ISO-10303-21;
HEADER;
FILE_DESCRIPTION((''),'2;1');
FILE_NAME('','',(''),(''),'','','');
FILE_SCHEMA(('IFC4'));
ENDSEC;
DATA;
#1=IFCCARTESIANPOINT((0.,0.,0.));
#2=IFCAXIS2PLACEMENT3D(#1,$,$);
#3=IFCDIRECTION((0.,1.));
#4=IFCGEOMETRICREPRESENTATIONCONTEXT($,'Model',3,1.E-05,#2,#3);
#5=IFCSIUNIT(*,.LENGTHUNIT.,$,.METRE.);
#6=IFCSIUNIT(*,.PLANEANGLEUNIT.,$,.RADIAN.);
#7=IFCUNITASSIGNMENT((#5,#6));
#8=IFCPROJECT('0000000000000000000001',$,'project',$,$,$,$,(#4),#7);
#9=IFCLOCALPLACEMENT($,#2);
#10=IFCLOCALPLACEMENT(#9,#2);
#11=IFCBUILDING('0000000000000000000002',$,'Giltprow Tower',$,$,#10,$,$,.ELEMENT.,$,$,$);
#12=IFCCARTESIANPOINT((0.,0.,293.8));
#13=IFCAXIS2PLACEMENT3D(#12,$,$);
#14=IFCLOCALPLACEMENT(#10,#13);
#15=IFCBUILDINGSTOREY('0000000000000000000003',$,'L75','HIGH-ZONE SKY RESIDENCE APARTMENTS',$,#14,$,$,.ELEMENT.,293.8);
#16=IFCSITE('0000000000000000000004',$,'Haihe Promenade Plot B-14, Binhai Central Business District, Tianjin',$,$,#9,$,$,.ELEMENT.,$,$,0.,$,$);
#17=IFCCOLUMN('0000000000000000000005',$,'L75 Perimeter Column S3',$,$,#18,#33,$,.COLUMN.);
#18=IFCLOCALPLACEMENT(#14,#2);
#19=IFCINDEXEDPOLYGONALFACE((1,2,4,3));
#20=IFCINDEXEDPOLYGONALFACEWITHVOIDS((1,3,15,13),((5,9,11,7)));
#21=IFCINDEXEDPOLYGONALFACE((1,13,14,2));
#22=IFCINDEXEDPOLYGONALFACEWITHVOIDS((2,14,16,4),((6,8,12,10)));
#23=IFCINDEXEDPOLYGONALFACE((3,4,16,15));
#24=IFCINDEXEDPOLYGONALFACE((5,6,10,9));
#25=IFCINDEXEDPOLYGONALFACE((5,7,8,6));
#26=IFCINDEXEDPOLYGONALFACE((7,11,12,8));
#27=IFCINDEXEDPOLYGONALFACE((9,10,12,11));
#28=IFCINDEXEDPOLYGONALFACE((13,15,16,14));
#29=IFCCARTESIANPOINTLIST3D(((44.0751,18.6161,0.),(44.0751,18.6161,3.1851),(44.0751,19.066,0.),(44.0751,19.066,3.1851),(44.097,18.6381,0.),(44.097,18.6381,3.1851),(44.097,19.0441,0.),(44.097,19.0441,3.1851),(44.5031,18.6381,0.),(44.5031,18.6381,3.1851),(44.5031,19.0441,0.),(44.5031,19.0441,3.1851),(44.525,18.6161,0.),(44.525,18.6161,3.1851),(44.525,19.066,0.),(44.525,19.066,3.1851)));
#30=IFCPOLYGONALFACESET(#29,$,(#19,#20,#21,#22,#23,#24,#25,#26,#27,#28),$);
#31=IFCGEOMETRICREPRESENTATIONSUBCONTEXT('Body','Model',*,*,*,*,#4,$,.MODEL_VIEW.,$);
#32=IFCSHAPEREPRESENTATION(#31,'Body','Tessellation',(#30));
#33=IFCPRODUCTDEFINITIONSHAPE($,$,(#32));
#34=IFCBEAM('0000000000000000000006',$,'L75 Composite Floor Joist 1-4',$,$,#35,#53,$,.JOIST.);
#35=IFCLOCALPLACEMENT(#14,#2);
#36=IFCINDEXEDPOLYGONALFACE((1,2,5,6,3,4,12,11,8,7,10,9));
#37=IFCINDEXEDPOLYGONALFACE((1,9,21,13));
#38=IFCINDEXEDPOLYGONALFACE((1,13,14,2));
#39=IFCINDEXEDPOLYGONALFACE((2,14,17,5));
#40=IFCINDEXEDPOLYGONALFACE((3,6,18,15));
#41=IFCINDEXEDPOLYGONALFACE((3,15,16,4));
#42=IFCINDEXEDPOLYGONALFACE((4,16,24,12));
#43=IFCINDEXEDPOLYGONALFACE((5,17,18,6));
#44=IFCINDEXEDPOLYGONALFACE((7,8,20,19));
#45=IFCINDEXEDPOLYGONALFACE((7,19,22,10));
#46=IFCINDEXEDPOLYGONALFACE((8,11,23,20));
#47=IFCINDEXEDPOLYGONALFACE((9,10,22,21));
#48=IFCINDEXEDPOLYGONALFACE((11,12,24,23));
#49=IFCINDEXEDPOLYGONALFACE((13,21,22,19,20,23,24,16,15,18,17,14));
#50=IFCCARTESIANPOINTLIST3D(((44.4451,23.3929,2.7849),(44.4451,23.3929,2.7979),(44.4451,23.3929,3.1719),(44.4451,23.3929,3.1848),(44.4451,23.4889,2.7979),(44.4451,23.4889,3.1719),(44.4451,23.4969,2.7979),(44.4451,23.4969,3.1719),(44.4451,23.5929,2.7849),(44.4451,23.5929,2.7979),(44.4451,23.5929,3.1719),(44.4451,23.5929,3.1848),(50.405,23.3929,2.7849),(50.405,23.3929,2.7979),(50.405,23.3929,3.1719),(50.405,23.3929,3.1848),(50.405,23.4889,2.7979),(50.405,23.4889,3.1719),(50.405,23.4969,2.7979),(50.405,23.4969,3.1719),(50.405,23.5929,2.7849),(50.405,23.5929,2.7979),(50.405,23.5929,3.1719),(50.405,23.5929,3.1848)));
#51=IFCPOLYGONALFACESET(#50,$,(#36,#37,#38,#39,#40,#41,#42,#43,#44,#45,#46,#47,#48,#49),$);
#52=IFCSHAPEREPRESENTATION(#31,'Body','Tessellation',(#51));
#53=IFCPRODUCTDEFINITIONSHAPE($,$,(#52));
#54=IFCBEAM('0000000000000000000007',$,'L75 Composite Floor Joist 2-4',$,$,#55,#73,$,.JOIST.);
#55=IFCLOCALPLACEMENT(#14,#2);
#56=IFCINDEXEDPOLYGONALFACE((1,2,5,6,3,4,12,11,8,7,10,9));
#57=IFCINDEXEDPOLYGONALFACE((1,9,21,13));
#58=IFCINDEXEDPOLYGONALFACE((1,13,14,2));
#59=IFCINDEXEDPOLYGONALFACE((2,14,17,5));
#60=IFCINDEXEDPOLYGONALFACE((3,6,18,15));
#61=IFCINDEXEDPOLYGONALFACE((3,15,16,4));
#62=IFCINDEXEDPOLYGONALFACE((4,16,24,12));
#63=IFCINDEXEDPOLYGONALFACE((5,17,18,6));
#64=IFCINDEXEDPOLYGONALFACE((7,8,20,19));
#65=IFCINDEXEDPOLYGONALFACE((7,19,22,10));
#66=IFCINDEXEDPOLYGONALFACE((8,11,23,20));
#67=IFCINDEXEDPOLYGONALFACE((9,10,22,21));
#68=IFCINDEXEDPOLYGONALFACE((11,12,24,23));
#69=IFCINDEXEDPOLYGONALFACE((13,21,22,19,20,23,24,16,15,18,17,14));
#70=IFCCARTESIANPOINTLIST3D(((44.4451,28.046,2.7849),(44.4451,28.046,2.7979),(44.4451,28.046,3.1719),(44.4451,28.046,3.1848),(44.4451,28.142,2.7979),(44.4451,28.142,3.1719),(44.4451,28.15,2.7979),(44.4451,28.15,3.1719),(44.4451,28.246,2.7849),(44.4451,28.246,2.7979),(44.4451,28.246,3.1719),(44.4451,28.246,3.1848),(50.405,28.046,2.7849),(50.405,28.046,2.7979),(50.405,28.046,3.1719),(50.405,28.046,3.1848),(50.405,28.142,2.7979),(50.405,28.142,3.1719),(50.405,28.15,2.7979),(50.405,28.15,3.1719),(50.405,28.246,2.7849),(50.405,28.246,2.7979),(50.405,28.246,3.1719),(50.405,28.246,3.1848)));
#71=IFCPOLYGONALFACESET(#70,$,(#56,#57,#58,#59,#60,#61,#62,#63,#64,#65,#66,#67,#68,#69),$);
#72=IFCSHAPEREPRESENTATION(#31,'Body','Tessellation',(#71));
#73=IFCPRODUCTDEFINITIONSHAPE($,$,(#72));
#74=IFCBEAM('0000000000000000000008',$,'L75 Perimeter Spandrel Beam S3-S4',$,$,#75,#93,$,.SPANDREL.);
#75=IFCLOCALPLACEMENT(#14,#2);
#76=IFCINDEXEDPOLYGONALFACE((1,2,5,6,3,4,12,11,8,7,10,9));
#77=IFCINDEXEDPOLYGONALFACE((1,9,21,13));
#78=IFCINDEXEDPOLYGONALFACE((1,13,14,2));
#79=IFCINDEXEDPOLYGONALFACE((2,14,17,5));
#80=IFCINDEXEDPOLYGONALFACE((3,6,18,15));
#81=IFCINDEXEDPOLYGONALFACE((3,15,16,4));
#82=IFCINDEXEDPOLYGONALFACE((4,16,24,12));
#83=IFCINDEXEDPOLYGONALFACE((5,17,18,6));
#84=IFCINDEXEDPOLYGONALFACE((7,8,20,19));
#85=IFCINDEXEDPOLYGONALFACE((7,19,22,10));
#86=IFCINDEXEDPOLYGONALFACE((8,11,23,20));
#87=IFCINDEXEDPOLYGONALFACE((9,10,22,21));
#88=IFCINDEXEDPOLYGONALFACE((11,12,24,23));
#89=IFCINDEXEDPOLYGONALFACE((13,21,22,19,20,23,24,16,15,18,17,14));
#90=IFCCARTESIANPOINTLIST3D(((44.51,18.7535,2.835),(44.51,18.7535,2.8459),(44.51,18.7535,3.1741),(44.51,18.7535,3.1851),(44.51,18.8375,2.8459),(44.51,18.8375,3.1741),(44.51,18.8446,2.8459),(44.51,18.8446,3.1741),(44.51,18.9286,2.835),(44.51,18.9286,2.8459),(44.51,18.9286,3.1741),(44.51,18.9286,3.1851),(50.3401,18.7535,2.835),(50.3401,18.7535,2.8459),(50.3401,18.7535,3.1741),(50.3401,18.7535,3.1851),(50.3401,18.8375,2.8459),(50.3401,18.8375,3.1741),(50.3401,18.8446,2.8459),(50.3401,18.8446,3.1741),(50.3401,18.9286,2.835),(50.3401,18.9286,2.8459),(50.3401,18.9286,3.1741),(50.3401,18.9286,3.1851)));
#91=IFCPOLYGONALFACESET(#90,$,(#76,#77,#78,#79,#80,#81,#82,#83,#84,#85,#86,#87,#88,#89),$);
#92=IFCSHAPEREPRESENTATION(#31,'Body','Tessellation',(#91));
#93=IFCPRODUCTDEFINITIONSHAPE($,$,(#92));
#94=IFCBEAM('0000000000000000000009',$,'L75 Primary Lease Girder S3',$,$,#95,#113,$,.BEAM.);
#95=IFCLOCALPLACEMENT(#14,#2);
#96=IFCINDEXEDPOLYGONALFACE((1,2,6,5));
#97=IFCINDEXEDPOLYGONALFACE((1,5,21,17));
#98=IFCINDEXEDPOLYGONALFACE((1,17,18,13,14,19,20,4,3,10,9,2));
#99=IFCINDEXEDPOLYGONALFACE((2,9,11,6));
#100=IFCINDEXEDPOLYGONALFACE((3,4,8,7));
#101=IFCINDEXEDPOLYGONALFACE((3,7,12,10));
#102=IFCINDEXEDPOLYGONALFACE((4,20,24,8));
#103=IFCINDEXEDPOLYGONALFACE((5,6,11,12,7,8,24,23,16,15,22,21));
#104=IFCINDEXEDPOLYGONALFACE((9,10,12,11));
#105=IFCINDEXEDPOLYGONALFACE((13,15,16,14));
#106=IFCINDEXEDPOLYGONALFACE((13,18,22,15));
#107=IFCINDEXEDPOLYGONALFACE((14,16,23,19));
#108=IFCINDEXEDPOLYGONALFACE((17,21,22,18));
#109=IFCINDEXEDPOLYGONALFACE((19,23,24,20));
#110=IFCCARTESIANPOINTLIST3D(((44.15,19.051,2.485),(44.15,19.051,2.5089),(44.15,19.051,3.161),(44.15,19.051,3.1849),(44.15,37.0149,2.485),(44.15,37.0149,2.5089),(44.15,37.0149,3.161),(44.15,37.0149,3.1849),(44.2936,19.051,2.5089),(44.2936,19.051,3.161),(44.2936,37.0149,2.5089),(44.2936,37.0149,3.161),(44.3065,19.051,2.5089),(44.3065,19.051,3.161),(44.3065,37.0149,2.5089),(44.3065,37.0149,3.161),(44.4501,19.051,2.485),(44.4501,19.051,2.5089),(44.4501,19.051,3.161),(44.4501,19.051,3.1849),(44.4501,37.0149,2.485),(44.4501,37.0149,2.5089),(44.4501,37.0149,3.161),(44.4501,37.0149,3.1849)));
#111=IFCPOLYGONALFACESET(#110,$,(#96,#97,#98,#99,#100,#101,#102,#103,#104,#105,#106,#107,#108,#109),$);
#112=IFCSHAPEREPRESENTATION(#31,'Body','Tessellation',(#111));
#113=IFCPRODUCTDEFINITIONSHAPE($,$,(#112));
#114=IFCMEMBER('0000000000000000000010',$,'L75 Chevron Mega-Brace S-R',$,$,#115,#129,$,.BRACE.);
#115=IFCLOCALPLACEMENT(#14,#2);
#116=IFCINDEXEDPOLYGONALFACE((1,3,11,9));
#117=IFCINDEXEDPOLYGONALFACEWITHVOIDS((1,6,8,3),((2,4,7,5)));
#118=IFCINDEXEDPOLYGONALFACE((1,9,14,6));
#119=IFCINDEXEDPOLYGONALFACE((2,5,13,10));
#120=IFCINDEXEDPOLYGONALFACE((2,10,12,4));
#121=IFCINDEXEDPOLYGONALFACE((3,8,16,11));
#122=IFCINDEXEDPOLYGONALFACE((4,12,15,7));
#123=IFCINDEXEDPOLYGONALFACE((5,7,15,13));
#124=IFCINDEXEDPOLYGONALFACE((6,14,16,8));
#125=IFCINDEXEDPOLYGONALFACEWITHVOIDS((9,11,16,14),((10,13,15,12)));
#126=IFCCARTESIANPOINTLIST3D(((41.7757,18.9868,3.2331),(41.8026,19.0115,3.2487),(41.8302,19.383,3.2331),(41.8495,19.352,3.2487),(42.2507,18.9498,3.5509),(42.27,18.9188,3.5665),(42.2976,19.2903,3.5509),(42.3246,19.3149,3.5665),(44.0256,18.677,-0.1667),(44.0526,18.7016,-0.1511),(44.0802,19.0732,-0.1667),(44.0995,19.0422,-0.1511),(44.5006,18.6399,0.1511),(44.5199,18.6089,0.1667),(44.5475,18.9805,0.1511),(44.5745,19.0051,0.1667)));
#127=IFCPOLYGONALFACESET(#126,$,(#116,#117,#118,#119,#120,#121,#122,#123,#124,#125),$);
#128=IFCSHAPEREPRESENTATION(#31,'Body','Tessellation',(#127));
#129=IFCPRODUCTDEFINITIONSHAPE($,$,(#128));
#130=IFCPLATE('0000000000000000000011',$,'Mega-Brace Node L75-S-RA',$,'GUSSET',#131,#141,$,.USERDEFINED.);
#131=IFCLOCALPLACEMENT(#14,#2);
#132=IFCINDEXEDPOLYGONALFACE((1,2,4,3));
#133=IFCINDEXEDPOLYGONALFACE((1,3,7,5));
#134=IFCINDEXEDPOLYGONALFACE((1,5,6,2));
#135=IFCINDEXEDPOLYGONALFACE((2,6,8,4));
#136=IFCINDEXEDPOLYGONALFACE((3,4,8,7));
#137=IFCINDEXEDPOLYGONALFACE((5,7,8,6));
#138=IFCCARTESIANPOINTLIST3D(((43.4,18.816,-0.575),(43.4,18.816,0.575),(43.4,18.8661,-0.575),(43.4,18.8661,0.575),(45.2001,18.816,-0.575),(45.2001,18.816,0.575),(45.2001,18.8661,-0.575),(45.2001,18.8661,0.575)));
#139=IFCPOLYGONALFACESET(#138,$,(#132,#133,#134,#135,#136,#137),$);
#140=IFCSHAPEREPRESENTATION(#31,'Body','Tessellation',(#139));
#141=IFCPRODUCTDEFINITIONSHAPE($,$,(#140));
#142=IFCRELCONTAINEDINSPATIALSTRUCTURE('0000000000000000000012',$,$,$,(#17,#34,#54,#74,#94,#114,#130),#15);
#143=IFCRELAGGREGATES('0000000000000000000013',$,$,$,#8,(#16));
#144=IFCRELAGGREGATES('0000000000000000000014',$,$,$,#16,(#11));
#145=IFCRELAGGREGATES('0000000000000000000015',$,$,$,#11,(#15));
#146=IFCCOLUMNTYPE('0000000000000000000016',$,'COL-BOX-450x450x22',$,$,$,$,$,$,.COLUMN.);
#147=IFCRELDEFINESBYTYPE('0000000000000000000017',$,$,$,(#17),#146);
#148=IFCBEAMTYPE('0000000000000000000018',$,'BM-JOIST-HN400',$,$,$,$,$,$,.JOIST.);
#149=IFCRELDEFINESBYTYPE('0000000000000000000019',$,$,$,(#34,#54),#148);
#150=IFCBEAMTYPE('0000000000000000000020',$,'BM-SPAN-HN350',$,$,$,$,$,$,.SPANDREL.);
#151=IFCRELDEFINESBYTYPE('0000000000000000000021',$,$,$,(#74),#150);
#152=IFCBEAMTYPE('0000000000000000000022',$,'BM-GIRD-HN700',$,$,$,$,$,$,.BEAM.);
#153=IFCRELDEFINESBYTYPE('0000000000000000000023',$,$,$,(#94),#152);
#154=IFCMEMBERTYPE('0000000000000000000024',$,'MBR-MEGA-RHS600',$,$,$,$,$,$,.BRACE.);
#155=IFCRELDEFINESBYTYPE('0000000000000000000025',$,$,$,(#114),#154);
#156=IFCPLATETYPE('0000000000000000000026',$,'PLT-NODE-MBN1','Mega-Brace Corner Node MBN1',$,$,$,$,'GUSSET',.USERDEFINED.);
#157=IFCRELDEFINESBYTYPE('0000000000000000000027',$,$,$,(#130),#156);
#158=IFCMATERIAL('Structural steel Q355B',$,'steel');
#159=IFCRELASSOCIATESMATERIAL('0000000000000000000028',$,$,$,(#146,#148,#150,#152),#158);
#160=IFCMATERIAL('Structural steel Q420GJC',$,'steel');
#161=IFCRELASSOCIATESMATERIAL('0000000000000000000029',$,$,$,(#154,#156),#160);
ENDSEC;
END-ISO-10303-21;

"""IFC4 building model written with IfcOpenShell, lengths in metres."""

from ifc_helpers import new_model, si_unit, direction, frame, origin, origin_2d, place, context, subcontext, project, spatial, rectangle, hollow_rectangle, i_section, extrude, source, transform, mapped, material, material_profile, profile_set, type_object, element, save


model = new_model("IFC4")

# Units and contexts
model_context = context("Model", 3, precision=1e-05, world=origin(), true_north=direction((0.0, 1.0)))
body_context = subcontext(model_context, "Body", "Model", "MODEL_VIEW")
ifc_project = project(units=[si_unit("LENGTHUNIT", "METRE"), si_unit("PLANEANGLEUNIT", "RADIAN")], contexts=[model_context])

# Site, building, storey
site_placement = place(None, origin())
site = spatial("IfcSite", under=ifc_project, at=site_placement, Name="Haihe Promenade Plot B-14, Binhai Central Business District, Tianjin", CompositionType="ELEMENT", RefElevation=0.0)
building_placement = place(site_placement, origin())
building = spatial("IfcBuilding", under=site, at=building_placement, Name="Giltprow Tower", CompositionType="ELEMENT")
storey_placement = place(building_placement, frame((0.0, 0.0, 293.8)))
storey = spatial("IfcBuildingStorey", under=building, at=storey_placement, Name="L75", Description="HIGH-ZONE SKY RESIDENCE APARTMENTS", CompositionType="ELEMENT", Elevation=293.8)

# Column
ifc_material_1 = material(Name="Structural steel Q355B", Category="steel")
ifc_material_profile_1 = material_profile(ifc_material_1, hollow_rectangle(XDim=0.45, YDim=0.45, WallThickness=0.022, at=origin_2d()), Name="BOX 450x450x22")
ifc_profile_set_1 = profile_set([ifc_material_profile_1], Name="Structural steel Q355B")
column_type = type_object("IfcColumnType", Name="COL-BOX-450x450x22", PredefinedType="COLUMN", material=ifc_profile_set_1)
shared_shape_1 = source(origin(), body_context, "Body", "SweptSolid", [
    extrude(hollow_rectangle(XDim=0.45, YDim=0.45, WallThickness=0.022, at=origin_2d()), origin(), (0.0, 0.0, 1.0), 3.1851),
])
column_placement = place(storey_placement, frame((44.3, 18.8411, 0.0), z_axis=(0.0, 0.0, 1.0), x_axis=(1.0, 0.0, 0.0)))
element("IfcColumn", 1, at=column_placement, inside=storey, type_object=column_type, Name="L75 Perimeter Column S3", PredefinedType="COLUMN", context=body_context, shape_type="MappedRepresentation", body=[
    mapped(shared_shape_1, transform((0.0, 0.0, 0.0), x_axis=(1.0, 0.0, 0.0), y_axis=(0.0, 1.0, 0.0), z_axis=(0.0, 0.0, 1.0), scale=1.0)),
])

# Beams
ifc_material_profile_2 = material_profile(ifc_material_1, i_section(OverallWidth=0.2, OverallDepth=0.3999, WebThickness=0.0081, FlangeThickness=0.0129, at=origin_2d()), Name="HN 400x200x8x13")
ifc_profile_set_2 = profile_set([ifc_material_profile_2], Name="Structural steel Q355B")
beam_type_1 = type_object("IfcBeamType", Name="BM-JOIST-HN400", PredefinedType="JOIST", material=ifc_profile_set_2)
shared_shape_2 = source(origin(), body_context, "Body", "SweptSolid", [
    extrude(i_section(OverallWidth=0.2, OverallDepth=0.3999, WebThickness=0.0081, FlangeThickness=0.0129, at=origin_2d()), origin(), (0.0, 0.0, 1.0), 5.96),
])
for number, where, z_axis, x_axis, name in (
    (2, (44.4451, 23.4929, 2.9849), (1.0, 0.0, 0.0), (0.0, 1.0, 0.0), "L75 Composite Floor Joist 1-4"),
    (3, (44.4451, 28.146, 2.9849), (1.0, 0.0, 0.0), (0.0, 1.0, 0.0), "L75 Composite Floor Joist 2-4"),
):
    element("IfcBeam", number, at=place(storey_placement, frame(where, z_axis=z_axis, x_axis=x_axis)), inside=storey, type_object=beam_type_1, Name=name, PredefinedType="JOIST", context=body_context, shape_type="MappedRepresentation", body=[
        mapped(shared_shape_2, transform((0.0, 0.0, 0.0), x_axis=(1.0, 0.0, 0.0), y_axis=(0.0, 1.0, 0.0), z_axis=(0.0, 0.0, 1.0), scale=1.0)),
    ])
ifc_material_profile_3 = material_profile(ifc_material_1, i_section(OverallWidth=0.175, OverallDepth=0.3501, WebThickness=0.0071, FlangeThickness=0.011, at=origin_2d()), Name="HN 350x175x7x11")
ifc_profile_set_3 = profile_set([ifc_material_profile_3], Name="Structural steel Q355B")
beam_type_2 = type_object("IfcBeamType", Name="BM-SPAN-HN350", PredefinedType="SPANDREL", material=ifc_profile_set_3)
shared_shape_3 = source(origin(), body_context, "Body", "SweptSolid", [
    extrude(i_section(OverallWidth=0.175, OverallDepth=0.3501, WebThickness=0.0071, FlangeThickness=0.011, at=origin_2d()), origin(), (0.0, 0.0, 1.0), 5.8301),
])
beam_1_placement = place(storey_placement, frame((44.51, 18.8411, 3.01), z_axis=(1.0, 0.0, 0.0), x_axis=(0.0, 1.0, 0.0)))
element("IfcBeam", 4, at=beam_1_placement, inside=storey, type_object=beam_type_2, Name="L75 Perimeter Spandrel Beam S3-S4", PredefinedType="SPANDREL", context=body_context, shape_type="MappedRepresentation", body=[
    mapped(shared_shape_3, transform((0.0, 0.0, 0.0), x_axis=(1.0, 0.0, 0.0), y_axis=(0.0, 1.0, 0.0), z_axis=(0.0, 0.0, 1.0), scale=1.0)),
])
ifc_material_profile_4 = material_profile(ifc_material_1, i_section(OverallWidth=0.3, OverallDepth=0.7, WebThickness=0.0129, FlangeThickness=0.0239, at=origin_2d()), Name="HN 700x300x13x24")
ifc_profile_set_4 = profile_set([ifc_material_profile_4], Name="Structural steel Q355B")
beam_type_3 = type_object("IfcBeamType", Name="BM-GIRD-HN700", PredefinedType="BEAM", material=ifc_profile_set_4)
shared_shape_4 = source(origin(), body_context, "Body", "SweptSolid", [
    extrude(i_section(OverallWidth=0.3, OverallDepth=0.7, WebThickness=0.0129, FlangeThickness=0.0239, at=origin_2d()), origin(), (0.0, 0.0, 1.0), 17.9639),
])
beam_2_placement = place(storey_placement, frame((44.3, 19.051, 2.835), z_axis=(0.0, 1.0, 0.0), x_axis=(-1.0, 0.0, 0.0)))
element("IfcBeam", 5, at=beam_2_placement, inside=storey, type_object=beam_type_3, Name="L75 Primary Lease Girder S3", PredefinedType="BEAM", context=body_context, shape_type="MappedRepresentation", body=[
    mapped(shared_shape_4, transform((0.0, 0.0, 0.0), x_axis=(1.0, 0.0, 0.0), y_axis=(0.0, 1.0, 0.0), z_axis=(0.0, 0.0, 1.0), scale=1.0)),
])

# Member
ifc_material_2 = material(Name="Structural steel Q420GJC", Category="steel")
ifc_material_profile_5 = material_profile(ifc_material_2, hollow_rectangle(XDim=0.3999, YDim=0.6001, WallThickness=0.0281, at=origin_2d()), Name="RHS 600x400x28")
ifc_profile_set_5 = profile_set([ifc_material_profile_5], Name="Structural steel Q420GJC")
member_type = type_object("IfcMemberType", Name="MBR-MEGA-RHS600", PredefinedType="BRACE", material=ifc_profile_set_5)
shared_shape_5 = source(origin(), body_context, "Body", "SweptSolid", [
    extrude(hollow_rectangle(XDim=0.3999, YDim=0.6001, WallThickness=0.0281, at=origin_2d()), origin(), (0.0, 0.0, 1.0), 4.0886),
])
member_placement = place(storey_placement, frame((44.3, 18.8411, 0.0), z_axis=(-0.550291, 0.075773, 0.831527), x_axis=(-0.136408, -0.990653, 0.0)))
element("IfcMember", 6, at=member_placement, inside=storey, type_object=member_type, Name="L75 Chevron Mega-Brace S-R", PredefinedType="BRACE", context=body_context, shape_type="MappedRepresentation", body=[
    mapped(shared_shape_5, transform((0.0, 0.0, 0.0), x_axis=(1.0, 0.0, 0.0), y_axis=(0.0, 1.0, 0.0), z_axis=(0.0, 0.0, 1.0), scale=1.0)),
])

# Plate
plate_type = type_object("IfcPlateType", Name="PLT-NODE-MBN1", Description="Mega-Brace Corner Node MBN1", ElementType="GUSSET", PredefinedType="USERDEFINED", material=ifc_material_2)
shared_shape_6 = source(origin(), body_context, "Body", "SweptSolid", [
    extrude(rectangle(XDim=1.8, YDim=0.05, at=origin_2d()), origin(), (0.0, 0.0, 1.0), 1.1499),
])
plate_placement = place(storey_placement, frame((44.3, 18.8411, -0.575), z_axis=(0.0, 0.0, 1.0), x_axis=(1.0, 0.0, 0.0)))
element("IfcPlate", 7, at=plate_placement, inside=storey, type_object=plate_type, Name="Mega-Brace Node L75-S-RA", ObjectType="GUSSET", PredefinedType="USERDEFINED", context=body_context, shape_type="MappedRepresentation", body=[
    mapped(shared_shape_6, transform((0.0, 0.0, 0.0), x_axis=(1.0, 0.0, 0.0), y_axis=(0.0, 1.0, 0.0), z_axis=(0.0, 0.0, 1.0), scale=1.0)),
])

save(model, "model.ifc")
